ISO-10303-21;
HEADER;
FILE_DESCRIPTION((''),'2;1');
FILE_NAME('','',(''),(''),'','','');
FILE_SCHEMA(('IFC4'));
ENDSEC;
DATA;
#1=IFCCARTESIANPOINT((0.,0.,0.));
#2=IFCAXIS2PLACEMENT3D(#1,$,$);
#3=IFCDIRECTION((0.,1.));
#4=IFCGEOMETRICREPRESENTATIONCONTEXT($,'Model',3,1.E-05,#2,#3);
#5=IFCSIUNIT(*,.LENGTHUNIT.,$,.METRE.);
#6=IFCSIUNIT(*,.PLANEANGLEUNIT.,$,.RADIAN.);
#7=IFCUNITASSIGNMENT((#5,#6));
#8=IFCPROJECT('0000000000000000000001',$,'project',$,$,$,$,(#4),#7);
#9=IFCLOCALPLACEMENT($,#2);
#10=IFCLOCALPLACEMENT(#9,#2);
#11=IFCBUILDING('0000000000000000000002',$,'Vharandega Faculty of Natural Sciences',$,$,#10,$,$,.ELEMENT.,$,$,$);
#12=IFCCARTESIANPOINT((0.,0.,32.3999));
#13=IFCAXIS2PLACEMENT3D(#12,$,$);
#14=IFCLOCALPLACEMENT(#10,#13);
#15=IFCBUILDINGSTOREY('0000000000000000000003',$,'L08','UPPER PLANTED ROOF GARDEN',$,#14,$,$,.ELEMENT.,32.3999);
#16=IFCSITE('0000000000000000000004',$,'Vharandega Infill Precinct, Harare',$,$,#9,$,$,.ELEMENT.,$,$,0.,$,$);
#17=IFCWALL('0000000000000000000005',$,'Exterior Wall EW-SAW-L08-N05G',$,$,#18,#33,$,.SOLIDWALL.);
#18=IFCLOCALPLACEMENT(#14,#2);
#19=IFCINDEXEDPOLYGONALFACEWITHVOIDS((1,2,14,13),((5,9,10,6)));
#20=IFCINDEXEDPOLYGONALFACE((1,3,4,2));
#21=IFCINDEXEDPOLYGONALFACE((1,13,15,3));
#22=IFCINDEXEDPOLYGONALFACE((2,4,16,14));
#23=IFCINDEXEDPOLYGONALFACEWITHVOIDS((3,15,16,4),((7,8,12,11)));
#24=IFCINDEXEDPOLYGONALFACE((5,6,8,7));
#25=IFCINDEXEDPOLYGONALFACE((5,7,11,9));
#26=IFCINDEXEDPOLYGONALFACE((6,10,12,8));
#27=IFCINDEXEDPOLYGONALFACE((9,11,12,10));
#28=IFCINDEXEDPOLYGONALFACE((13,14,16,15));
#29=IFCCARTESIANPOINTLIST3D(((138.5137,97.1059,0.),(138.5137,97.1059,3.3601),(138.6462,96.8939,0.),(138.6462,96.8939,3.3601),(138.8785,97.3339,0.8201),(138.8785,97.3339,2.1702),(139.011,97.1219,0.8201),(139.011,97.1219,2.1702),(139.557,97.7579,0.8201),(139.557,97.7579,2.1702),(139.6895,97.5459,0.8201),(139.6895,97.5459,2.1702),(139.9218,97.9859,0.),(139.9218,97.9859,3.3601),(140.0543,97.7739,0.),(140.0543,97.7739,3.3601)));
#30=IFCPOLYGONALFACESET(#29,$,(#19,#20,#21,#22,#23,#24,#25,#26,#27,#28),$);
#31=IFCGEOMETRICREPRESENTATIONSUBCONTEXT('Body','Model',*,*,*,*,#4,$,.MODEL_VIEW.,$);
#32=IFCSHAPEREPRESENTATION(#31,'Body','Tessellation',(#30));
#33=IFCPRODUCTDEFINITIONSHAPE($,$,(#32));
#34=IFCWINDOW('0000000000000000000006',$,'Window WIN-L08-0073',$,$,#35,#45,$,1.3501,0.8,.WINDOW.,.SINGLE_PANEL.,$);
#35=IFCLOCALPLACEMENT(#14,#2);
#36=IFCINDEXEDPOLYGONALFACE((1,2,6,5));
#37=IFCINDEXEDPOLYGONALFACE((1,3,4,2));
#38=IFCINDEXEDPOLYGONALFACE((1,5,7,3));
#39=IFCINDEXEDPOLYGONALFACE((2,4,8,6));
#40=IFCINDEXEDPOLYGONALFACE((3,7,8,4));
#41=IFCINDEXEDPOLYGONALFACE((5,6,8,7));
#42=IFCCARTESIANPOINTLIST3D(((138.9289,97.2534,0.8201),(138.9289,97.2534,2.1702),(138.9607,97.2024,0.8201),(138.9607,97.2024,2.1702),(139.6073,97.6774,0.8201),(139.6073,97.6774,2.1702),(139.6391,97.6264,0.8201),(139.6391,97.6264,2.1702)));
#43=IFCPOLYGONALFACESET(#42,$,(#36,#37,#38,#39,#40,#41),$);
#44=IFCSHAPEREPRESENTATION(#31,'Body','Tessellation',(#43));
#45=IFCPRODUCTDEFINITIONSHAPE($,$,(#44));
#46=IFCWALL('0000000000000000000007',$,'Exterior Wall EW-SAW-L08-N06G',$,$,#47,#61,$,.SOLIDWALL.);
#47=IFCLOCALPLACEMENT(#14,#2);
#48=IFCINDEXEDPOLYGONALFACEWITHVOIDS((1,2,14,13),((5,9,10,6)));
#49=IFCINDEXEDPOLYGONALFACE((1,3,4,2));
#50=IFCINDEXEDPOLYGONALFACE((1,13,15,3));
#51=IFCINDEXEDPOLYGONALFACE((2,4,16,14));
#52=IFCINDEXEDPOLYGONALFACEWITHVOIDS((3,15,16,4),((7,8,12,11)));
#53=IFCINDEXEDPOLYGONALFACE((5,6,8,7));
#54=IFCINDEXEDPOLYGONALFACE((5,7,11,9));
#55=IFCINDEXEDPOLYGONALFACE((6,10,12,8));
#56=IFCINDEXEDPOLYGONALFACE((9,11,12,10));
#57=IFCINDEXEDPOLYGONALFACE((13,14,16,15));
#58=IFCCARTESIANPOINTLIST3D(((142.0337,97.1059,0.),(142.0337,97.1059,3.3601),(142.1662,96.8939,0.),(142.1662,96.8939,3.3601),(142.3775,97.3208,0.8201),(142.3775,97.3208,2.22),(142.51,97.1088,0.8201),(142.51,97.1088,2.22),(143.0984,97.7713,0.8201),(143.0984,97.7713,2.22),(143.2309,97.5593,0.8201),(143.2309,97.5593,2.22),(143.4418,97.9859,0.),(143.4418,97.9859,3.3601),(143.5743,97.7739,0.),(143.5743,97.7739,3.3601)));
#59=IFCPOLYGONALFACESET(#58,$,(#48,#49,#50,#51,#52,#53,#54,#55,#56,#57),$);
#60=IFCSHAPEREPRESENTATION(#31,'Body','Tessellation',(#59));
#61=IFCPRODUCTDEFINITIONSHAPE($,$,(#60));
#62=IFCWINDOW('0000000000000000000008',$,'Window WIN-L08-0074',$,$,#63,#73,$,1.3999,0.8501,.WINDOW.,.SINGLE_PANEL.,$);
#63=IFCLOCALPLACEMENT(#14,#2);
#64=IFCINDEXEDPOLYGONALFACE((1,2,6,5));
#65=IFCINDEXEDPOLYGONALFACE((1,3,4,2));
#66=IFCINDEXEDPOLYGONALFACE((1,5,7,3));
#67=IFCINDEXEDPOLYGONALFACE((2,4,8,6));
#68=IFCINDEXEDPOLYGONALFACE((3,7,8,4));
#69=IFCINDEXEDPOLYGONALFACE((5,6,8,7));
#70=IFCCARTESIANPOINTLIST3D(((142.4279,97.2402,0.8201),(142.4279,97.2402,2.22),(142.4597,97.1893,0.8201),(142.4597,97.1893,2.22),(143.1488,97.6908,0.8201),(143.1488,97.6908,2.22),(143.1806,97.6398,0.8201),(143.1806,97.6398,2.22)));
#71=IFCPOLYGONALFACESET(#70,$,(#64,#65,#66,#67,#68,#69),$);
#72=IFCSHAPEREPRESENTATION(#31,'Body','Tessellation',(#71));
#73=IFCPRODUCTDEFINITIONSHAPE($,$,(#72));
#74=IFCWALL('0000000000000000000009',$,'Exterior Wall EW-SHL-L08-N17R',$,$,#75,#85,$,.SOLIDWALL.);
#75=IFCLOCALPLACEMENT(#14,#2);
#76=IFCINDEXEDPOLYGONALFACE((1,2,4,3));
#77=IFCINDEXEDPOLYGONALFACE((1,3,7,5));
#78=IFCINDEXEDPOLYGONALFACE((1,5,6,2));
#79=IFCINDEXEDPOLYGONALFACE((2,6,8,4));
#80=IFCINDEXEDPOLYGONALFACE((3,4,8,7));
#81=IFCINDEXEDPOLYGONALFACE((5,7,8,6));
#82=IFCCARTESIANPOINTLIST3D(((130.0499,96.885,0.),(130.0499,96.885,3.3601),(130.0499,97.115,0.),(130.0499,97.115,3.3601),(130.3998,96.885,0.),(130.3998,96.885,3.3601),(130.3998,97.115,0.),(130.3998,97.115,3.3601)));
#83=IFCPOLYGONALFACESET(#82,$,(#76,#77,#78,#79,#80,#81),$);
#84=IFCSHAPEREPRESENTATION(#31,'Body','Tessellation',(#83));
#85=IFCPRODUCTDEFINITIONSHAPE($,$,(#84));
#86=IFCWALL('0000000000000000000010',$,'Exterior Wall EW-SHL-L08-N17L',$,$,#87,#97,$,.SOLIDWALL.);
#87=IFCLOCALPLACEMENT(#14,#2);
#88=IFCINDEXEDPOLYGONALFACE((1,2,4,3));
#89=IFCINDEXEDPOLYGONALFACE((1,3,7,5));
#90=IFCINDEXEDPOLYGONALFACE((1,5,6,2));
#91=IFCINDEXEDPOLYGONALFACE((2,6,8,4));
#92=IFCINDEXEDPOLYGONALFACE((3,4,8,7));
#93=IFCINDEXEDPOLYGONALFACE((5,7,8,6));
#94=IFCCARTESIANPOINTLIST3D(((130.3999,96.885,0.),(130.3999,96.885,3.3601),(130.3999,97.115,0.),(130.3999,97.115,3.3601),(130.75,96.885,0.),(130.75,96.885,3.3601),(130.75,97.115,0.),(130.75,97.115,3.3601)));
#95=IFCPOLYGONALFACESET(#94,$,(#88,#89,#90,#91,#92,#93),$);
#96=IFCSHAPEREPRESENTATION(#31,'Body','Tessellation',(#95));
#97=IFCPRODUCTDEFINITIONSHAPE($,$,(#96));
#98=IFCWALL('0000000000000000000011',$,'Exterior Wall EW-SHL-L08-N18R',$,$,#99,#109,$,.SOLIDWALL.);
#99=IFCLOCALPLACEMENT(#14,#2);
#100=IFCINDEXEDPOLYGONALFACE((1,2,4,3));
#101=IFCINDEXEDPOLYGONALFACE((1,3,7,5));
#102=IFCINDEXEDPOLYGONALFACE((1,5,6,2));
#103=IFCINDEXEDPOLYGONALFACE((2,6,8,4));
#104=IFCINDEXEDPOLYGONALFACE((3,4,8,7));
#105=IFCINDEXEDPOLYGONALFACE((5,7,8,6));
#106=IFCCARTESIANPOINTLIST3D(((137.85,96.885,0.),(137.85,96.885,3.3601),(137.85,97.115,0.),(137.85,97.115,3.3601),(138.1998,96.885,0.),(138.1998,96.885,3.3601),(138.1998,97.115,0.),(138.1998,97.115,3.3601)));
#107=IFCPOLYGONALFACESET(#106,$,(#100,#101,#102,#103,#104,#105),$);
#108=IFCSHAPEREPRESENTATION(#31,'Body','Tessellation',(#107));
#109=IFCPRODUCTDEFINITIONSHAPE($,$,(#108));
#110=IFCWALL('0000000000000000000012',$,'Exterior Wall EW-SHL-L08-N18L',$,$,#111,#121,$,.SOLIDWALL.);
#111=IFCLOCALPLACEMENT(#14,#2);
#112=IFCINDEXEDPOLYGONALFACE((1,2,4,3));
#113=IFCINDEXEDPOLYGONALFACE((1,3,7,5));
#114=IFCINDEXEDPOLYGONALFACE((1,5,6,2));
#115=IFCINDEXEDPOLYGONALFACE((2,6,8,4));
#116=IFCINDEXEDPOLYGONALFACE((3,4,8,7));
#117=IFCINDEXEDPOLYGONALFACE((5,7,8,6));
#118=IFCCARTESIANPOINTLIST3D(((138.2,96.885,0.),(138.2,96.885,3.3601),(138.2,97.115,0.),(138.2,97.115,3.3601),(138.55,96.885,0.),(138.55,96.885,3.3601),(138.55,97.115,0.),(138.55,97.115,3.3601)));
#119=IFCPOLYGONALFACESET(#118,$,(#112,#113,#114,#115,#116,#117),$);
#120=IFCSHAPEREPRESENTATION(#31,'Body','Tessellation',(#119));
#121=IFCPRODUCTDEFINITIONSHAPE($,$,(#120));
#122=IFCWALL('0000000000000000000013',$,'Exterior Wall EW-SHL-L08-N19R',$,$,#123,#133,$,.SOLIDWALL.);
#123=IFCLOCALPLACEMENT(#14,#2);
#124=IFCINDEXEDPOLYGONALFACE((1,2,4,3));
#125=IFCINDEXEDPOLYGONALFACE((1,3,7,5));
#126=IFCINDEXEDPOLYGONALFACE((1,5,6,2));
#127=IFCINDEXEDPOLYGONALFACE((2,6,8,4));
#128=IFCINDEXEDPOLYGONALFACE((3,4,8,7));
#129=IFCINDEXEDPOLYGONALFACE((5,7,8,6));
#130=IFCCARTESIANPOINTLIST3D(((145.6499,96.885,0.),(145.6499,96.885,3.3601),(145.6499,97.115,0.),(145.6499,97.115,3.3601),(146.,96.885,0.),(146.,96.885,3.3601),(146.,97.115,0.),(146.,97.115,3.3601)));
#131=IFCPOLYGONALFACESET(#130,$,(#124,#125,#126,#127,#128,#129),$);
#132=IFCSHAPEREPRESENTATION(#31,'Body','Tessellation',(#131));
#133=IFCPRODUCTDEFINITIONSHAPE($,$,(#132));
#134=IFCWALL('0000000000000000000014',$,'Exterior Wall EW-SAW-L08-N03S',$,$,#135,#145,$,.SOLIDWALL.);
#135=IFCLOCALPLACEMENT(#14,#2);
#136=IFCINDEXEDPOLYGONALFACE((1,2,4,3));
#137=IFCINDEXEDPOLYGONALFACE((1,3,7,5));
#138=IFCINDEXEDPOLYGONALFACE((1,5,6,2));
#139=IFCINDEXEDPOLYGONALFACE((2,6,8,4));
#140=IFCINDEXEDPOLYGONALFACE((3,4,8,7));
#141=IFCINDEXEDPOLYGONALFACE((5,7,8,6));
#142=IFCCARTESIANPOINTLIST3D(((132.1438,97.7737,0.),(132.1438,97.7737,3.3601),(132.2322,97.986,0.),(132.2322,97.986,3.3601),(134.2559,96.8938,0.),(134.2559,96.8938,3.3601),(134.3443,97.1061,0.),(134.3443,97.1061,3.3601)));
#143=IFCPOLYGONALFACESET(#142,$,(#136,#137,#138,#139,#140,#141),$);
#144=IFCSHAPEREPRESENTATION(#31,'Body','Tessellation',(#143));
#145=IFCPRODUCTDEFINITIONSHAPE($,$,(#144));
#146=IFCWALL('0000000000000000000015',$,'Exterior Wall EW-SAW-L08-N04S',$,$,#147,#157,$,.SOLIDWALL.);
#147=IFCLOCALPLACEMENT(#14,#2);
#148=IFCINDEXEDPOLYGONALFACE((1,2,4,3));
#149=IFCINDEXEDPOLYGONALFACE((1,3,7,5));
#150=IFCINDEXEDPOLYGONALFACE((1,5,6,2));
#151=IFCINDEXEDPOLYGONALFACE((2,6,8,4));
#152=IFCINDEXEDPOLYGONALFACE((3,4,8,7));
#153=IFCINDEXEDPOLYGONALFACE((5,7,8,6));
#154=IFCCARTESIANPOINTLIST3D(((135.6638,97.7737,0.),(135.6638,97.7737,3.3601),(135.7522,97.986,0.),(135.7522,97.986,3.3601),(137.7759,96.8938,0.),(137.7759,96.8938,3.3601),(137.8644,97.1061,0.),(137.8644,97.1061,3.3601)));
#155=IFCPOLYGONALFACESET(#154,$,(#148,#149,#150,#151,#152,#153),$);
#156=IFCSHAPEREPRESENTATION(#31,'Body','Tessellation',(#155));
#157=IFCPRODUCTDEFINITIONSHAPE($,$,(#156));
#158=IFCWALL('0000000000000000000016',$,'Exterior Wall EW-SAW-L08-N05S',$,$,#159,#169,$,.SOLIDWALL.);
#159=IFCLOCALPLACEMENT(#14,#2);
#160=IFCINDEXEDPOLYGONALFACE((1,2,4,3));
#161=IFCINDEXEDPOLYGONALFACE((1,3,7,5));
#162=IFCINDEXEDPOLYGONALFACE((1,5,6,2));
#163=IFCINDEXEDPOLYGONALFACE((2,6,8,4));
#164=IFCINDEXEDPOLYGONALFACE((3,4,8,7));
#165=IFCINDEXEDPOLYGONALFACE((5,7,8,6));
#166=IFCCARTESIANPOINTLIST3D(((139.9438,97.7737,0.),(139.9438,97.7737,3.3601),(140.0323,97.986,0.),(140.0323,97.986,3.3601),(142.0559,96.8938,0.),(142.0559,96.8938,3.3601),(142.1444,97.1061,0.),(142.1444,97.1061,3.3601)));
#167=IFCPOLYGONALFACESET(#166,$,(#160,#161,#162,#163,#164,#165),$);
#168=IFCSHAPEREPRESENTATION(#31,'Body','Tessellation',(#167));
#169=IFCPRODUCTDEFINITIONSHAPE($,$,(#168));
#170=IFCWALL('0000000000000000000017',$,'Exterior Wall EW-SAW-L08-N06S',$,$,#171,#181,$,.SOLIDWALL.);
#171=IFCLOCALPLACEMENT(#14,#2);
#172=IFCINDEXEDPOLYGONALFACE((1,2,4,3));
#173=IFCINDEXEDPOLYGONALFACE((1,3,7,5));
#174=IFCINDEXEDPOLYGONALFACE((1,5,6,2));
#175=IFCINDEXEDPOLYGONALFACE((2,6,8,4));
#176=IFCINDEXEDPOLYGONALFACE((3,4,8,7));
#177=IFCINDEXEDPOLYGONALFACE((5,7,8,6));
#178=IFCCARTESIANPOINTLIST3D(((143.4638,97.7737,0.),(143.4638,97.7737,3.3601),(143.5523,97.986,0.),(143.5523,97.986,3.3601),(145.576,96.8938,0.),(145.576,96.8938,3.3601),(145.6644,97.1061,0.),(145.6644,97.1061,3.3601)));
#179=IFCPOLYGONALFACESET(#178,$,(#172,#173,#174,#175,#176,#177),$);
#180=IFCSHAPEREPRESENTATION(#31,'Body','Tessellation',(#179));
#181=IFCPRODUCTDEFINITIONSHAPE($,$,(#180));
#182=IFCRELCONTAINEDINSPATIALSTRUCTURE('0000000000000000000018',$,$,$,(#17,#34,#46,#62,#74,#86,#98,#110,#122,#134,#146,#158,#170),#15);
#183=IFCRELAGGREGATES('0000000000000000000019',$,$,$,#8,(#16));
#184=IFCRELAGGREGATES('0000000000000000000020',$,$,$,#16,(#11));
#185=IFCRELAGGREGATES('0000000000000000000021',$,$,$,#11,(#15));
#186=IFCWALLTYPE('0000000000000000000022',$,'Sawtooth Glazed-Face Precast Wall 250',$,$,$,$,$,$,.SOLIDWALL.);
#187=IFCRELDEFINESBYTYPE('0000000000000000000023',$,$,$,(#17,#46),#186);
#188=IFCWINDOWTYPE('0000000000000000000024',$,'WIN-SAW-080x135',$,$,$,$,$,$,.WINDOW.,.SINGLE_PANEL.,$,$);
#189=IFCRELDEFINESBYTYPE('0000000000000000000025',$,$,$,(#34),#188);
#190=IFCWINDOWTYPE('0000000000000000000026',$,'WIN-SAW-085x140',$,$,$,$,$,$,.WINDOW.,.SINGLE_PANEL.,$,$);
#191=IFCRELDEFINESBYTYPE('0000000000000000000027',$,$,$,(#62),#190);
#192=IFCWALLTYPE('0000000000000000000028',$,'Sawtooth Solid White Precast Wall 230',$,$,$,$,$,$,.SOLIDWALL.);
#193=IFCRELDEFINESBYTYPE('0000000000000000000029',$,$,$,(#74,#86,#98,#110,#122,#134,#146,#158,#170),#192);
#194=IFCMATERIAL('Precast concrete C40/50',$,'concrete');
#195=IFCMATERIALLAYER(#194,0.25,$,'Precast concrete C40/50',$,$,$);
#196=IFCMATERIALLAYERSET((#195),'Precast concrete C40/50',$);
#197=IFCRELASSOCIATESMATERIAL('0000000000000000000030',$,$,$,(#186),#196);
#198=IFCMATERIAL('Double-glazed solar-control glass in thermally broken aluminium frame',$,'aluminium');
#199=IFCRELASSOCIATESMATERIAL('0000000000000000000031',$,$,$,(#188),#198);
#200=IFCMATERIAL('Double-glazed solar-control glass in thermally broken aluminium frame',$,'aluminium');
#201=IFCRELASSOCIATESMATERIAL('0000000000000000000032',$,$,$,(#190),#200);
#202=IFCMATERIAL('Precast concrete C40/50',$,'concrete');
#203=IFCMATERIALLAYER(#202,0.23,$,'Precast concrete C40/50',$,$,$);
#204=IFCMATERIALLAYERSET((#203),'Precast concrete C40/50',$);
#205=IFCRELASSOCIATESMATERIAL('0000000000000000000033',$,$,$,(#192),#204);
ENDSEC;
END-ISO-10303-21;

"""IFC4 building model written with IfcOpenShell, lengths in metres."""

from ifc_helpers import new_model, si_unit, direction, frame, frame_2d, origin, place, context, subcontext, project, spatial, rectangle, extrude, material, layer, layer_set, type_object, element, fill, save


model = new_model("IFC4")

# Units and contexts
model_context = context("Model", 3, precision=1e-05, world=origin(), true_north=direction((0.0, 1.0)))
body_context = subcontext(model_context, "Body", "Model", "MODEL_VIEW")
ifc_project = project(units=[si_unit("LENGTHUNIT", "METRE"), si_unit("PLANEANGLEUNIT", "RADIAN")], contexts=[model_context])

# Site, building, storey
site_placement = place(None, origin())
site = spatial("IfcSite", under=ifc_project, at=site_placement, Name="Vharandega Infill Precinct, Harare", CompositionType="ELEMENT", RefElevation=0.0)
building_placement = place(site_placement, origin())
building = spatial("IfcBuilding", under=site, at=building_placement, Name="Vharandega Faculty of Natural Sciences", CompositionType="ELEMENT")
storey_placement = place(building_placement, frame((0.0, 0.0, 32.3999)))
storey = spatial("IfcBuildingStorey", under=building, at=storey_placement, Name="L08", Description="UPPER PLANTED ROOF GARDEN", CompositionType="ELEMENT", Elevation=32.3999)

# Walls, openings, windows
ifc_material_1 = material(Name="Precast concrete C40/50", Category="concrete")
ifc_layer_1 = layer(ifc_material_1, 0.25, Name="Precast concrete C40/50")
ifc_layer_set_1 = layer_set([ifc_layer_1], Name="Precast concrete C40/50")
wall_type_1 = type_object("IfcWallType", Name="Sawtooth Glazed-Face Precast Wall 250", PredefinedType="SOLIDWALL", material=ifc_layer_set_1)
wall_1_placement = place(storey_placement, frame((138.5801, 97.0, 0.0), z_axis=(0.0, 0.0, 1.0), x_axis=(0.848023, 0.529959, 0.0)))
wall_1 = element("IfcWall", 1, at=wall_1_placement, inside=storey, type_object=wall_type_1, Name="Exterior Wall EW-SAW-L08-N05G", PredefinedType="SOLIDWALL", context=body_context, shape_type="SweptSolid", body=[
    extrude(rectangle(XDim=1.6604, YDim=0.25, at=frame_2d((0.8301, 0.0))), origin(), (0.0, 0.0, 1.0), 3.3601),
])
opening_1_placement = place(wall_1_placement, frame((0.4302, 0.0, 0.8201)))
opening_1 = element("IfcOpeningElement", 2, at=opening_1_placement, cuts=wall_1, PredefinedType="OPENING", context=body_context, shape_type="SweptSolid", body=[
    extrude(rectangle(XDim=0.8, YDim=1.3501, at=frame_2d((0.3999, 0.675))), frame((0.0, 0.135, 0.0), z_axis=(0.0, -1.0, 0.0), x_axis=(1.0, 0.0, 0.0)), (0.0, 0.0, 1.0), 0.27),
])
ifc_material_2 = material(Name="Double-glazed solar-control glass in thermally broken aluminium frame", Category="aluminium")
window_type_1 = type_object("IfcWindowType", Name="WIN-SAW-080x135", PartitioningType="SINGLE_PANEL", PredefinedType="WINDOW", material=ifc_material_2)
window_1_placement = place(opening_1_placement, origin())
window_1 = element("IfcWindow", 3, at=window_1_placement, inside=storey, type_object=window_type_1, Name="Window WIN-L08-0073", OverallHeight=1.3501, OverallWidth=0.8, PartitioningType="SINGLE_PANEL", PredefinedType="WINDOW", context=body_context, shape_type="SweptSolid", body=[
    extrude(rectangle(XDim=0.8, YDim=1.3501, at=frame_2d((0.3999, 0.675))), frame((0.0, 0.03, 0.0), z_axis=(0.0, -1.0, 0.0), x_axis=(1.0, 0.0, 0.0)), (0.0, 0.0, 1.0), 0.0601),
])
fill(opening_1, window_1)
wall_2_placement = place(storey_placement, frame((142.1001, 97.0, 0.0), z_axis=(0.0, 0.0, 1.0), x_axis=(0.848023, 0.529959, 0.0)))
wall_2 = element("IfcWall", 4, at=wall_2_placement, inside=storey, type_object=wall_type_1, Name="Exterior Wall EW-SAW-L08-N06G", PredefinedType="SOLIDWALL", context=body_context, shape_type="SweptSolid", body=[
    extrude(rectangle(XDim=1.6604, YDim=0.25, at=frame_2d((0.8301, 0.0))), origin(), (0.0, 0.0, 1.0), 3.3601),
])
opening_2_placement = place(wall_2_placement, frame((0.4053, 0.0, 0.8201)))
opening_2 = element("IfcOpeningElement", 5, at=opening_2_placement, cuts=wall_2, PredefinedType="OPENING", context=body_context, shape_type="SweptSolid", body=[
    extrude(rectangle(XDim=0.8501, YDim=1.3999, at=frame_2d((0.425, 0.7))), frame((0.0, 0.135, 0.0), z_axis=(0.0, -1.0, 0.0), x_axis=(1.0, 0.0, 0.0)), (0.0, 0.0, 1.0), 0.27),
])
ifc_material_3 = material(Name="Double-glazed solar-control glass in thermally broken aluminium frame", Category="aluminium")
window_type_2 = type_object("IfcWindowType", Name="WIN-SAW-085x140", PartitioningType="SINGLE_PANEL", PredefinedType="WINDOW", material=ifc_material_3)
window_2_placement = place(opening_2_placement, origin())
window_2 = element("IfcWindow", 6, at=window_2_placement, inside=storey, type_object=window_type_2, Name="Window WIN-L08-0074", OverallHeight=1.3999, OverallWidth=0.8501, PartitioningType="SINGLE_PANEL", PredefinedType="WINDOW", context=body_context, shape_type="SweptSolid", body=[
    extrude(rectangle(XDim=0.8501, YDim=1.3999, at=frame_2d((0.425, 0.7))), frame((0.0, 0.03, 0.0), z_axis=(0.0, -1.0, 0.0), x_axis=(1.0, 0.0, 0.0)), (0.0, 0.0, 1.0), 0.0601),
])
fill(opening_2, window_2)

# Walls
ifc_material_4 = material(Name="Precast concrete C40/50", Category="concrete")
ifc_layer_2 = layer(ifc_material_4, 0.23, Name="Precast concrete C40/50")
ifc_layer_set_2 = layer_set([ifc_layer_2], Name="Precast concrete C40/50")
wall_type_2 = type_object("IfcWallType", Name="Sawtooth Solid White Precast Wall 230", PredefinedType="SOLIDWALL", material=ifc_layer_set_2)
wall_3_placement = place(storey_placement, frame((130.05, 97.0, 0.0), z_axis=(0.0, 0.0, 1.0), x_axis=(1.0, 0.0, 0.0)))
element("IfcWall", 7, at=wall_3_placement, inside=storey, type_object=wall_type_2, Name="Exterior Wall EW-SHL-L08-N17R", PredefinedType="SOLIDWALL", context=body_context, shape_type="SweptSolid", body=[
    extrude(rectangle(XDim=0.3499, YDim=0.23, at=frame_2d((0.1748, 0.0))), origin(), (0.0, 0.0, 1.0), 3.3601),
])
wall_4_placement = place(storey_placement, frame((130.3999, 97.0, 0.0), z_axis=(0.0, 0.0, 1.0), x_axis=(1.0, 0.0, 0.0)))
element("IfcWall", 8, at=wall_4_placement, inside=storey, type_object=wall_type_2, Name="Exterior Wall EW-SHL-L08-N17L", PredefinedType="SOLIDWALL", context=body_context, shape_type="SweptSolid", body=[
    extrude(rectangle(XDim=0.3501, YDim=0.23, at=frame_2d((0.175, 0.0))), origin(), (0.0, 0.0, 1.0), 3.3601),
])
wall_5_placement = place(storey_placement, frame((137.8501, 97.0, 0.0), z_axis=(0.0, 0.0, 1.0), x_axis=(1.0, 0.0, 0.0)))
element("IfcWall", 9, at=wall_5_placement, inside=storey, type_object=wall_type_2, Name="Exterior Wall EW-SHL-L08-N18R", PredefinedType="SOLIDWALL", context=body_context, shape_type="SweptSolid", body=[
    extrude(rectangle(XDim=0.3499, YDim=0.23, at=frame_2d((0.1748, 0.0))), origin(), (0.0, 0.0, 1.0), 3.3601),
])
for number, where, z_axis, x_axis, name in (
    (10, (138.2, 97.0, 0.0), (0.0, 0.0, 1.0), (1.0, 0.0, 0.0), "Exterior Wall EW-SHL-L08-N18L"),
    (11, (145.6499, 97.0, 0.0), (0.0, 0.0, 1.0), (1.0, 0.0, 0.0), "Exterior Wall EW-SHL-L08-N19R"),
):
    element("IfcWall", number, at=place(storey_placement, frame(where, z_axis=z_axis, x_axis=x_axis)), inside=storey, type_object=wall_type_2, Name=name, PredefinedType="SOLIDWALL", context=body_context, shape_type="SweptSolid", body=[
        extrude(rectangle(XDim=0.3501, YDim=0.23, at=frame_2d((0.175, 0.0))), origin(), (0.0, 0.0, 1.0), 3.3601),
    ])
for number, where, z_axis, x_axis, name in (
    (12, (132.188, 97.8799, 0.0), (0.0, 0.0, 1.0), (0.923099, -0.384562, 0.0), "Exterior Wall EW-SAW-L08-N03S"),
    (13, (135.708, 97.8799, 0.0), (0.0, 0.0, 1.0), (0.923099, -0.384562, 0.0), "Exterior Wall EW-SAW-L08-N04S"),
    (14, (139.988, 97.8799, 0.0), (0.0, 0.0, 1.0), (0.923099, -0.384562, 0.0), "Exterior Wall EW-SAW-L08-N05S"),
    (15, (143.5081, 97.8799, 0.0), (0.0, 0.0, 1.0), (0.923099, -0.384562, 0.0), "Exterior Wall EW-SAW-L08-N06S"),
):
    element("IfcWall", number, at=place(storey_placement, frame(where, z_axis=z_axis, x_axis=x_axis)), inside=storey, type_object=wall_type_2, Name=name, PredefinedType="SOLIDWALL", context=body_context, shape_type="SweptSolid", body=[
        extrude(rectangle(XDim=2.2881, YDim=0.23, at=frame_2d((1.144, 0.0))), origin(), (0.0, 0.0, 1.0), 3.3601),
    ])

save(model, "model.ifc")
